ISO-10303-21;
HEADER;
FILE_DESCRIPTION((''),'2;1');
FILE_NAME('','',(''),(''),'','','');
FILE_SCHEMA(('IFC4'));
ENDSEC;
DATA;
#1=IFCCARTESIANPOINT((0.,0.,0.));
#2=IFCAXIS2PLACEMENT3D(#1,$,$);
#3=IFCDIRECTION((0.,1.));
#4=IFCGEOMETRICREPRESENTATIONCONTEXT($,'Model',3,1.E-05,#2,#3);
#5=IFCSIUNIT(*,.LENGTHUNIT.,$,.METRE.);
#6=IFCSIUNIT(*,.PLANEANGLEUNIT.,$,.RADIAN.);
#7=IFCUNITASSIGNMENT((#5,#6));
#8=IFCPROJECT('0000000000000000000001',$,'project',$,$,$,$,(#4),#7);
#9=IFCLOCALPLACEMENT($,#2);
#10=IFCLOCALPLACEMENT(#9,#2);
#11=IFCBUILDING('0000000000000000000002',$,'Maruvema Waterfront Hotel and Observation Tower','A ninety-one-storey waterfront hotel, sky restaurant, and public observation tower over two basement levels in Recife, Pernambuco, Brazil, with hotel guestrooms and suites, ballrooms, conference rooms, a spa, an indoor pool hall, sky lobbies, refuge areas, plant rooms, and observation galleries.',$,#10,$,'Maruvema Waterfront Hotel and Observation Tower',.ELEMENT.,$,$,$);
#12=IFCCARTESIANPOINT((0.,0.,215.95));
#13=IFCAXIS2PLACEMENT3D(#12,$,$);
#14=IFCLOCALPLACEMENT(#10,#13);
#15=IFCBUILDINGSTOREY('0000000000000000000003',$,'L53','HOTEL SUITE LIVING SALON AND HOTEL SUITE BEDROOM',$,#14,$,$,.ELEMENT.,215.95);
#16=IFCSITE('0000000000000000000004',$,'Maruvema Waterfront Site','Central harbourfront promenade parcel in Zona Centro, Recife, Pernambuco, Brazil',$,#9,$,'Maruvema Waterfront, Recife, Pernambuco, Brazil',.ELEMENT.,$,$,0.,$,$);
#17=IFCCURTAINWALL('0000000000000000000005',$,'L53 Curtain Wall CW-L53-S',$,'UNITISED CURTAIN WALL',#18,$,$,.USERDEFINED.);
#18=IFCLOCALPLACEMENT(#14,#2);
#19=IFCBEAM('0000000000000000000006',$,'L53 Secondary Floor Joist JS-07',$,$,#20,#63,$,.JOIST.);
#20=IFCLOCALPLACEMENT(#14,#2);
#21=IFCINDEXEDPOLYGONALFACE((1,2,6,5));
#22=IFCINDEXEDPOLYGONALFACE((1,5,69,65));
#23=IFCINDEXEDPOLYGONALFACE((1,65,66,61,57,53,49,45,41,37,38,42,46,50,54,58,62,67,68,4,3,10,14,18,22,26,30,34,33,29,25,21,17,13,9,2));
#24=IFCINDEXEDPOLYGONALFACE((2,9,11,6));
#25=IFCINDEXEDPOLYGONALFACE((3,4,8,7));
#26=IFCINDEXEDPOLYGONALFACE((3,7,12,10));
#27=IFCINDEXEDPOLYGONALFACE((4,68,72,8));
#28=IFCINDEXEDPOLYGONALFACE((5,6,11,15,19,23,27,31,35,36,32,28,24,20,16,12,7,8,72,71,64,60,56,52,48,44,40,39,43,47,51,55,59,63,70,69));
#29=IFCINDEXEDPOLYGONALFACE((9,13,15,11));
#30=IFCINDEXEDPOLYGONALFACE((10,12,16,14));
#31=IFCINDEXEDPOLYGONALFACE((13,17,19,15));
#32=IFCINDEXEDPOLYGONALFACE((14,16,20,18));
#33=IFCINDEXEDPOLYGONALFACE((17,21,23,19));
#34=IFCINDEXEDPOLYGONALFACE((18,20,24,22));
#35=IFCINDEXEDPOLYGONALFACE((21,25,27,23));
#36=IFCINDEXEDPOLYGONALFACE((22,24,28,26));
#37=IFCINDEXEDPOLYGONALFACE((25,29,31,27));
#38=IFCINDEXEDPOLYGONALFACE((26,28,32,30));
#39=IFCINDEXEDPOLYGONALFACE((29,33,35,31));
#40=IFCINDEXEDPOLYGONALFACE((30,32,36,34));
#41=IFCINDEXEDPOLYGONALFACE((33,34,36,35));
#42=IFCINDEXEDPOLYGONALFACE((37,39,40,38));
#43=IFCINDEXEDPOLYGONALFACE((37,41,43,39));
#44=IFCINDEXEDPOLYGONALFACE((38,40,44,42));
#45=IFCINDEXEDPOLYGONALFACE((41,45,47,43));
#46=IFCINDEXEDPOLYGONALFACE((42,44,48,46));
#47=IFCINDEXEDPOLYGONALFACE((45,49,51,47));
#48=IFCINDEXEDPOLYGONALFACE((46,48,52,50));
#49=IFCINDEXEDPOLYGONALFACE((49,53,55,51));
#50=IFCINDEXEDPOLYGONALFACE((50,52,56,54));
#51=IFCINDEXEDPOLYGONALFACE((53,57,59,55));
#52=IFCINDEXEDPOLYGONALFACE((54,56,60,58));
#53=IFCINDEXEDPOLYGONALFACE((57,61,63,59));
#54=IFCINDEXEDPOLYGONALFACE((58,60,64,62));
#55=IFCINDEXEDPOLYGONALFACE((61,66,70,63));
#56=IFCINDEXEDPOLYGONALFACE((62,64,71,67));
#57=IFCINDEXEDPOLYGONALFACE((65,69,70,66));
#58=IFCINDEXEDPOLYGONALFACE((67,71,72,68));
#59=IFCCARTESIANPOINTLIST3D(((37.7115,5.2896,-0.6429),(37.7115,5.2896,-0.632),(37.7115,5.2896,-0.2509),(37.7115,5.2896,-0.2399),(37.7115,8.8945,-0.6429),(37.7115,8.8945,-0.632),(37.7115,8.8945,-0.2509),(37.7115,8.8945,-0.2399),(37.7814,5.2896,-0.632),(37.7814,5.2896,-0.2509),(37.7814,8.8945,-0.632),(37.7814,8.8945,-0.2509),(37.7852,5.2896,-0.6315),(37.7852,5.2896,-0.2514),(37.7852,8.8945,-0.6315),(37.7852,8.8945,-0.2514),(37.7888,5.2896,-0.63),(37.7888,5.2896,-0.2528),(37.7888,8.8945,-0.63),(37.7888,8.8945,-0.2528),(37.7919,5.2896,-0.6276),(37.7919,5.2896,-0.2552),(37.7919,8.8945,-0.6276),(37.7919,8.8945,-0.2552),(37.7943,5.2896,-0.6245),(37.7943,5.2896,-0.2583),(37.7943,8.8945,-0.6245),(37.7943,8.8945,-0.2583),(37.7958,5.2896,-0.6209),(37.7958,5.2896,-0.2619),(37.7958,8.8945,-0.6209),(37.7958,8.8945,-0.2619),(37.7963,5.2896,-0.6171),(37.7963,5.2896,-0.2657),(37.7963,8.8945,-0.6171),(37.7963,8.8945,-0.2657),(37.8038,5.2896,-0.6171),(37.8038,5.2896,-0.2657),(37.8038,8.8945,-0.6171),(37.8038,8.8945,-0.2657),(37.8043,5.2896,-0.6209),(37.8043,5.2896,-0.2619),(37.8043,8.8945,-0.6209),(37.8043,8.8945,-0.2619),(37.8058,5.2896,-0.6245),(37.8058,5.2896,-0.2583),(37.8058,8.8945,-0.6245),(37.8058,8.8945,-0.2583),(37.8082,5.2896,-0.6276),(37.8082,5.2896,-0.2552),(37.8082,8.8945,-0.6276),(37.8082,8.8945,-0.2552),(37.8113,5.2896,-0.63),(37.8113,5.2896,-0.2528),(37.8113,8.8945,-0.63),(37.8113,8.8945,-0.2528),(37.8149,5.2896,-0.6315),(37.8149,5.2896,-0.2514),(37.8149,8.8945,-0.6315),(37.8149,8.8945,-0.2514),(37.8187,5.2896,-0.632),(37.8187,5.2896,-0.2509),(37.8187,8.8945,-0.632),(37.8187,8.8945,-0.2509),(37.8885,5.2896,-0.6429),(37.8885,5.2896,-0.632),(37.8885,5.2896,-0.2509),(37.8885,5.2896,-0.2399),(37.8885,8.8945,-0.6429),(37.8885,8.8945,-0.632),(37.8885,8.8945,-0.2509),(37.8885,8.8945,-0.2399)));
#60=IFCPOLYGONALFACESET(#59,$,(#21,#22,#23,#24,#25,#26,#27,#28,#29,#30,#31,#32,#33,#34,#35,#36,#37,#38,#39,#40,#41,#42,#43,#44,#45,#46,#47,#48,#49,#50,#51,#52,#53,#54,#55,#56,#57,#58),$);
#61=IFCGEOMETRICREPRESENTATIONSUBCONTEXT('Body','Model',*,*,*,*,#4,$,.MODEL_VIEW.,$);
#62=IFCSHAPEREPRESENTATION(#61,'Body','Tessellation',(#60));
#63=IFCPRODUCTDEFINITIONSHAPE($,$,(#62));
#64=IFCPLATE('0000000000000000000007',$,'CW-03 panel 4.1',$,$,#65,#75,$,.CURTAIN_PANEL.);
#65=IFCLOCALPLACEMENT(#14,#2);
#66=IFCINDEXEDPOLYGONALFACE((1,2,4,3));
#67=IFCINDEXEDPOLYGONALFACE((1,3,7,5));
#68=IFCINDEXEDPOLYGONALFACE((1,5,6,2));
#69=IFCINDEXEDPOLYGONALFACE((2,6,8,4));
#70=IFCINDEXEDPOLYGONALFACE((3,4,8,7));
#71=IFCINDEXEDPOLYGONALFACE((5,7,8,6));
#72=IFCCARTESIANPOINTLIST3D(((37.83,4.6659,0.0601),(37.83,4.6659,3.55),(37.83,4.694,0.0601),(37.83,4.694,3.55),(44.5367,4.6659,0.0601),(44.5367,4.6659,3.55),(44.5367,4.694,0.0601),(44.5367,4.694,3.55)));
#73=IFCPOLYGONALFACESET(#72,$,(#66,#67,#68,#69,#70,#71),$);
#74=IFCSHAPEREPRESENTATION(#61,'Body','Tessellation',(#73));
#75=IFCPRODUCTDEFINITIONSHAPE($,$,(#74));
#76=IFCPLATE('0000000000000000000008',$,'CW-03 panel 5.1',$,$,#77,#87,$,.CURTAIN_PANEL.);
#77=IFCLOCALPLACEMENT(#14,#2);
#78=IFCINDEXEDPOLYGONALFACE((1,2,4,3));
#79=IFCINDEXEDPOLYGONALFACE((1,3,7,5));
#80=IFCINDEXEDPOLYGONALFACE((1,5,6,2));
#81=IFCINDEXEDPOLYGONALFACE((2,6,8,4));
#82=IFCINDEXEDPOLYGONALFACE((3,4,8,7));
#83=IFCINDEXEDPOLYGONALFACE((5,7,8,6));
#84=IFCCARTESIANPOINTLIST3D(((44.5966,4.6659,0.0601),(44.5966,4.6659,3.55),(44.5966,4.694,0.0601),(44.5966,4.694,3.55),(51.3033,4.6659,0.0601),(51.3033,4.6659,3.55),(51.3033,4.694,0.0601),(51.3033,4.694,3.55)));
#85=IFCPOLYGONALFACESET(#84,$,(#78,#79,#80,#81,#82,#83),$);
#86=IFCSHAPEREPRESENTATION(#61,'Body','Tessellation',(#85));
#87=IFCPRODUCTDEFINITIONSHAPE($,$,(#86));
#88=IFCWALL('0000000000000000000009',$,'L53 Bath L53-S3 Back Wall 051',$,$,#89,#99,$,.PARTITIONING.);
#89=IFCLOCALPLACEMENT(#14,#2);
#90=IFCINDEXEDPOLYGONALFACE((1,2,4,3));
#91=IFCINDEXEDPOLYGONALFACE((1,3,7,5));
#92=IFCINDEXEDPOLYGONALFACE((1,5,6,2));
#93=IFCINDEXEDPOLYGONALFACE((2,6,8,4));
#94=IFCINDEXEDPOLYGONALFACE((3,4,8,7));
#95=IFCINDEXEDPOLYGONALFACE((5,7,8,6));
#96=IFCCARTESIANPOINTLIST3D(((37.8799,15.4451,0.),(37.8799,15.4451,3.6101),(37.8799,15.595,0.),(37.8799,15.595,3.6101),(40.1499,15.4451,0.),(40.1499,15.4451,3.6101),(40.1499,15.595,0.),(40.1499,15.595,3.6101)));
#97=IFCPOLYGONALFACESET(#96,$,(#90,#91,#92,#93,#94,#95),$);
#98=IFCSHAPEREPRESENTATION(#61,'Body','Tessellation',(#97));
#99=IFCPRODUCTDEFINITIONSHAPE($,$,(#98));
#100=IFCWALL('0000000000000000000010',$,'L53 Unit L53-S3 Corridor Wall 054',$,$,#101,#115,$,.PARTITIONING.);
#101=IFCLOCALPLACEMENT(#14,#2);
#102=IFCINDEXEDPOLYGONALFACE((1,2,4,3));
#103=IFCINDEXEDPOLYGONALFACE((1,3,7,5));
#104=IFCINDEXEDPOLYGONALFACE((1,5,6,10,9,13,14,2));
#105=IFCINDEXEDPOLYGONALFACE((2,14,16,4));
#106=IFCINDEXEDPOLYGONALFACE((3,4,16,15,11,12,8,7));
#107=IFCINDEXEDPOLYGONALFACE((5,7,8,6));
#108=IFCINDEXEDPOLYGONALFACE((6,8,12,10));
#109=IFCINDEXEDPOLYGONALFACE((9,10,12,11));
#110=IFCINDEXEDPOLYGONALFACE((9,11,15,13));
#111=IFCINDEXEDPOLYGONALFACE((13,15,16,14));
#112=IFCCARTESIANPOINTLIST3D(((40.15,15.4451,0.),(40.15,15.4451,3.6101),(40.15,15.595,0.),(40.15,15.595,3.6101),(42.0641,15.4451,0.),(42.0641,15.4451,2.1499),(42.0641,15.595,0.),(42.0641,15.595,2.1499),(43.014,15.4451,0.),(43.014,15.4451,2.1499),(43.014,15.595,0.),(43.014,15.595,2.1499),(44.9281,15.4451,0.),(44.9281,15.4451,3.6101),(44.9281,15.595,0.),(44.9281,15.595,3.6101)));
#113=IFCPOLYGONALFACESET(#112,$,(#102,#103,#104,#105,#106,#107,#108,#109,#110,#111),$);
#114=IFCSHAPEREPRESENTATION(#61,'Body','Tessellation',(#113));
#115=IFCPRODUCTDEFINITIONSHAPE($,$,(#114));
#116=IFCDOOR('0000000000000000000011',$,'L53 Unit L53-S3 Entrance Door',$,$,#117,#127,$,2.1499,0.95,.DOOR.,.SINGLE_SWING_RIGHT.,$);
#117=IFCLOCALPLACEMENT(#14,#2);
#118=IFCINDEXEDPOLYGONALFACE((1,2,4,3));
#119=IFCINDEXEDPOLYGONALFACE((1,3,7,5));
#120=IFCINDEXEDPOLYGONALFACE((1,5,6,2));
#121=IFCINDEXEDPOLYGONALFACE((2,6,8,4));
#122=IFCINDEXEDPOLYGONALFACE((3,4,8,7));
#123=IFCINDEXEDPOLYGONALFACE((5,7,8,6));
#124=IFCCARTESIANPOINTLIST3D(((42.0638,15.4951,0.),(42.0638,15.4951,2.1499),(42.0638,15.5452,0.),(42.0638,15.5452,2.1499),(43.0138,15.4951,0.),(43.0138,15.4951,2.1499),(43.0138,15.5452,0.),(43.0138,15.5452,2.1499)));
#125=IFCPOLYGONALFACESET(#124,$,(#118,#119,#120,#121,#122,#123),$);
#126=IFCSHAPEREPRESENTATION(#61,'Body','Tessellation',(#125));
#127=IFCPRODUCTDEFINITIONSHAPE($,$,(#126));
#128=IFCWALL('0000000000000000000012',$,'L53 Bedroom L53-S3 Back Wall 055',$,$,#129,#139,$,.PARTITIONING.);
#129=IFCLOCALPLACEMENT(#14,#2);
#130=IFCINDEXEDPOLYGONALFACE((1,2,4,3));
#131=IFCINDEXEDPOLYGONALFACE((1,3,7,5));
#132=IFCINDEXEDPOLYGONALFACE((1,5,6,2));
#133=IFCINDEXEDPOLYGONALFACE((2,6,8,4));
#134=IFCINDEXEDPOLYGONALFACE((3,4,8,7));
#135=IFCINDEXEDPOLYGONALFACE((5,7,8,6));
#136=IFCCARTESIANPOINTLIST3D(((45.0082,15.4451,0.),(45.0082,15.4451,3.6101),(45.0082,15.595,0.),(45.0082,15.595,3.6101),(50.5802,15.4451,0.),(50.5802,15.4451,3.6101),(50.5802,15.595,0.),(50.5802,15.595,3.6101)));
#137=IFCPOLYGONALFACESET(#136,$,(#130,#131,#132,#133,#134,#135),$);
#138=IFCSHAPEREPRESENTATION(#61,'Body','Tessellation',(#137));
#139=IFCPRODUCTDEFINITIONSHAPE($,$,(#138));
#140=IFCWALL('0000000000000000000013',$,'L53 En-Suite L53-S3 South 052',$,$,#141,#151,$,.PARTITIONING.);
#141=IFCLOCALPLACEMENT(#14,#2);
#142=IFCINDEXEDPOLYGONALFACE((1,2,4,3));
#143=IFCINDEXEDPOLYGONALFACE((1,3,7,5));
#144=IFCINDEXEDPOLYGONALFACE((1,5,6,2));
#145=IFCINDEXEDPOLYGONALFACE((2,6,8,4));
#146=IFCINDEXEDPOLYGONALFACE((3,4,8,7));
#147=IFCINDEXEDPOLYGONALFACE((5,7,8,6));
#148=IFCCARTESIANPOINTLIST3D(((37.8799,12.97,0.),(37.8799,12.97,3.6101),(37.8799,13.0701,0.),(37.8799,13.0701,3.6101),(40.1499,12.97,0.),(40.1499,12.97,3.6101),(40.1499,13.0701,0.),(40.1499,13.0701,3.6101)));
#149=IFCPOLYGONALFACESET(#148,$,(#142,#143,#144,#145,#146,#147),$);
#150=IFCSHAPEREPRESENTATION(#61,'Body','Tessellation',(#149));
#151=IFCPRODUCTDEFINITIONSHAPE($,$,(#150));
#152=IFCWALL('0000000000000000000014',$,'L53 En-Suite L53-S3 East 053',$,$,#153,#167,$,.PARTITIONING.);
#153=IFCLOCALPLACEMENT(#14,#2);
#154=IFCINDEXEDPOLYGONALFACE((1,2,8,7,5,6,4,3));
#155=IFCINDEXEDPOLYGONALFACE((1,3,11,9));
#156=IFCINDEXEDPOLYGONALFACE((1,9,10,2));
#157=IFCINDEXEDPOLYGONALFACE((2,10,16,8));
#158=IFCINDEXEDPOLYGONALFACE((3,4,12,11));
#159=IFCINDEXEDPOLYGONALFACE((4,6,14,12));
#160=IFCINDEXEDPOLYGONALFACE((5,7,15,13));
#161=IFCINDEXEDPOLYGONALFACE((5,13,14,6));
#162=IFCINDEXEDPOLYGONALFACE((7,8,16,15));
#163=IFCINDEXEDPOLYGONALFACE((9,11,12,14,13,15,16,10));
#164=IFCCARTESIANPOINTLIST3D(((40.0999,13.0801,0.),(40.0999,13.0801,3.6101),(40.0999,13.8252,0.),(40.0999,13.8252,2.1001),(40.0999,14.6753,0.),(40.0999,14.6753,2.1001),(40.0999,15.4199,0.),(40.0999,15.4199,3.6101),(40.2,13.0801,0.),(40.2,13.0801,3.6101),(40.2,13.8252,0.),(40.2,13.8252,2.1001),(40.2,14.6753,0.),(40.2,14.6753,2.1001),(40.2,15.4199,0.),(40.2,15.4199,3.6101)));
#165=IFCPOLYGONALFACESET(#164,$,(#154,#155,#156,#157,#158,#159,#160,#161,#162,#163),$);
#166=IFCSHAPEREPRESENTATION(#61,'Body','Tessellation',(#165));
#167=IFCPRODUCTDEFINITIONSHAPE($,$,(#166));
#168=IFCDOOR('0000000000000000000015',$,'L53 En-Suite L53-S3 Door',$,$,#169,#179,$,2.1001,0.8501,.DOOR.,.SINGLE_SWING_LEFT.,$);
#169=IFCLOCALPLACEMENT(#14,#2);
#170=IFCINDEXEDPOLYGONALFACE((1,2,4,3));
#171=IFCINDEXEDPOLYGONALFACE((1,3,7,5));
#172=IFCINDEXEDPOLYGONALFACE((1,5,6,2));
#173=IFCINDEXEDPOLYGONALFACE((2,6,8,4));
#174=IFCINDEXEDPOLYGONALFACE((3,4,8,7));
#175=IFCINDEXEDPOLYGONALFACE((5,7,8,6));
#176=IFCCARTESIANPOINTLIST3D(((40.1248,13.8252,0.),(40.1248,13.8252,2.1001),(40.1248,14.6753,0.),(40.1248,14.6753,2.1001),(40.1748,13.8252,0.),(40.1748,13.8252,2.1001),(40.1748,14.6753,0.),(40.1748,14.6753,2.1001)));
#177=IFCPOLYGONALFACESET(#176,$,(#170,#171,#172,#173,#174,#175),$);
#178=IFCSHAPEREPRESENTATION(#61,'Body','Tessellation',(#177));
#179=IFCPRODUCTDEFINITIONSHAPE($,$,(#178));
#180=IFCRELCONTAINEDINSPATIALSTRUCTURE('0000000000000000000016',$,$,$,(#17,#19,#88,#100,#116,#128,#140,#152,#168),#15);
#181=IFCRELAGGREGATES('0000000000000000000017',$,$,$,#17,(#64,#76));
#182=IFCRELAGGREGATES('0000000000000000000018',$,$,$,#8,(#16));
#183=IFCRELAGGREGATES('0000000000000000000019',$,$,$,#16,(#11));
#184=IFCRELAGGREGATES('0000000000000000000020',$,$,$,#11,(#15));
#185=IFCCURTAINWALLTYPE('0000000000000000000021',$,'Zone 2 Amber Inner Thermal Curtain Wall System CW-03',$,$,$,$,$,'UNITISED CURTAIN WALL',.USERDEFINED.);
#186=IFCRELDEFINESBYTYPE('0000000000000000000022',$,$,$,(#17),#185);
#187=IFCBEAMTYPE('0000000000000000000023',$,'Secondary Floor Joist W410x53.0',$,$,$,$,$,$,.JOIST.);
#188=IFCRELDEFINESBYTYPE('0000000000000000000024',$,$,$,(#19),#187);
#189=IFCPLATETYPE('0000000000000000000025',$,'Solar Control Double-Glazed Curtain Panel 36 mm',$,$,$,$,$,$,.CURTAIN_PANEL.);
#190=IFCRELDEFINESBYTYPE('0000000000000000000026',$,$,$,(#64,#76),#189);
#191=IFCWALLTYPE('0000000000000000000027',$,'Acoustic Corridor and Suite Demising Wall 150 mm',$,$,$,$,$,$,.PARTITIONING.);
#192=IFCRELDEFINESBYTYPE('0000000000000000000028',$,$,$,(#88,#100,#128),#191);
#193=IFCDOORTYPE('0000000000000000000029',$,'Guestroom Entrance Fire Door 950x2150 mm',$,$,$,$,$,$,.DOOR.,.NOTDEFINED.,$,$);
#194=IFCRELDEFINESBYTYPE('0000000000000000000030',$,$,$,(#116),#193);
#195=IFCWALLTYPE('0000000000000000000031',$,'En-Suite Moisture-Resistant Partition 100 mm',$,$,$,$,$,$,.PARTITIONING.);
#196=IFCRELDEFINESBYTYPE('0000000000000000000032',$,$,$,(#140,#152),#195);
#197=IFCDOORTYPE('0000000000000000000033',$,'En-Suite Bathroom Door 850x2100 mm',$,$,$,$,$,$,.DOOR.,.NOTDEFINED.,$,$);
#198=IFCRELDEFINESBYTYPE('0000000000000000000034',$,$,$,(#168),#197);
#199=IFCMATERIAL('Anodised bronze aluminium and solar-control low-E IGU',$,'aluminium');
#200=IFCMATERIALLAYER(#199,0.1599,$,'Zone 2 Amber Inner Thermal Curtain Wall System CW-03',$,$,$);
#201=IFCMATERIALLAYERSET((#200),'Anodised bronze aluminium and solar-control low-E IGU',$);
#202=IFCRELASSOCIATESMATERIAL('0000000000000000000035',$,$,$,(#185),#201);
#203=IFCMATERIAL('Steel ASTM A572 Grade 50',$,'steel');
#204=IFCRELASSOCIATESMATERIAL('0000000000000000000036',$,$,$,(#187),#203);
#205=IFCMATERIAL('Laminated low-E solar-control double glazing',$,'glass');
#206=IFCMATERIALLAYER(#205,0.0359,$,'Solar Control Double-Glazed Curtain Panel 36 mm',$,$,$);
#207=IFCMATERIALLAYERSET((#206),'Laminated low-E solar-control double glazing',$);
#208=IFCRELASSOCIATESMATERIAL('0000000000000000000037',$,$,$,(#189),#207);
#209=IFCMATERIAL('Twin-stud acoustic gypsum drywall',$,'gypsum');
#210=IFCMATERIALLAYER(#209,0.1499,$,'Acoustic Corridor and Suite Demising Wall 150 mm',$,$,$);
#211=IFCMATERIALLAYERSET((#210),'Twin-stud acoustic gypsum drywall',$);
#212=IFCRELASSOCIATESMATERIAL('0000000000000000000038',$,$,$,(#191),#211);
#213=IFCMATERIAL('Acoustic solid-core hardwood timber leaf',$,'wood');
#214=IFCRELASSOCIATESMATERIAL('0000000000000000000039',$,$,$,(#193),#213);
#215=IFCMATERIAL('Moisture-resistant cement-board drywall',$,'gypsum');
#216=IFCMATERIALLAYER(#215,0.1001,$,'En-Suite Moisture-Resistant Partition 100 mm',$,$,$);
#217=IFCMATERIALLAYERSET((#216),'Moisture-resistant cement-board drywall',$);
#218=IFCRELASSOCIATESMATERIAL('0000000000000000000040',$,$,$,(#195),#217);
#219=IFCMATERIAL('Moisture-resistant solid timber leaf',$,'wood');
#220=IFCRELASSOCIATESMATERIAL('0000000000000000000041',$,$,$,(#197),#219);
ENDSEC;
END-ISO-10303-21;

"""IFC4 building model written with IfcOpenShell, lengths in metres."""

from ifc_helpers import new_model, si_unit, direction, frame, frame_2d, origin, origin_2d, place, context, subcontext, project, spatial, rectangle, i_section, extrude, material, layer, layer_set, material_profile, profile_set, type_object, element, fill, aggregate, save


model = new_model("IFC4")

# Units and contexts
model_context = context("Model", 3, precision=1e-05, world=origin(), true_north=direction((0.0, 1.0)))
body_context = subcontext(model_context, "Body", "Model", "MODEL_VIEW")
ifc_project = project(units=[si_unit("LENGTHUNIT", "METRE"), si_unit("PLANEANGLEUNIT", "RADIAN")], contexts=[model_context])

# Site, building, storey
site_placement = place(None, origin())
site = spatial("IfcSite", under=ifc_project, at=site_placement, Name="Maruvema Waterfront Site", Description="Central harbourfront promenade parcel in Zona Centro, Recife, Pernambuco, Brazil", LongName="Maruvema Waterfront, Recife, Pernambuco, Brazil", CompositionType="ELEMENT", RefElevation=0.0)
building_placement = place(site_placement, origin())
building = spatial("IfcBuilding", under=site, at=building_placement, Name="Maruvema Waterfront Hotel and Observation Tower", Description="A ninety-one-storey waterfront hotel, sky restaurant, and public observation tower over two basement levels in Recife, Pernambuco, Brazil, with hotel guestrooms and suites, ballrooms, conference rooms, a spa, an indoor pool hall, sky lobbies, refuge areas, plant rooms, and observation galleries.", LongName="Maruvema Waterfront Hotel and Observation Tower", CompositionType="ELEMENT")
storey_placement = place(building_placement, frame((0.0, 0.0, 215.95)))
storey = spatial("IfcBuildingStorey", under=building, at=storey_placement, Name="L53", Description="HOTEL SUITE LIVING SALON AND HOTEL SUITE BEDROOM", CompositionType="ELEMENT", Elevation=215.95)

# Curtain wall
ifc_material_1 = material(Name="Anodised bronze aluminium and solar-control low-E IGU", Category="aluminium")
ifc_layer_1 = layer(ifc_material_1, 0.1599, Name="Zone 2 Amber Inner Thermal Curtain Wall System CW-03")
ifc_layer_set_1 = layer_set([ifc_layer_1], Name="Anodised bronze aluminium and solar-control low-E IGU")
curtain_wall_type = type_object("IfcCurtainWallType", Name="Zone 2 Amber Inner Thermal Curtain Wall System CW-03", ElementType="UNITISED CURTAIN WALL", PredefinedType="USERDEFINED", material=ifc_layer_set_1)
curtain_wall_placement = place(storey_placement, origin())
curtain_wall = element("IfcCurtainWall", 1, at=curtain_wall_placement, inside=storey, type_object=curtain_wall_type, Name="L53 Curtain Wall CW-L53-S", ObjectType="UNITISED CURTAIN WALL", PredefinedType="USERDEFINED")

# Beam
ifc_material_2 = material(Name="Steel ASTM A572 Grade 50", Category="steel")
ifc_material_profile_1 = material_profile(ifc_material_2, i_section(OverallWidth=0.177, OverallDepth=0.4031, WebThickness=0.0076, FlangeThickness=0.011, FilletRadius=0.0149, at=origin_2d()), Name="W410x53.0")
ifc_profile_set_1 = profile_set([ifc_material_profile_1], Name="Steel ASTM A572 Grade 50")
beam_type_1 = type_object("IfcBeamType", Name="Secondary Floor Joist W410x53.0", PredefinedType="JOIST", material=ifc_profile_set_1)
beam_1_placement = place(storey_placement, frame((37.8, 5.2896, -0.4414), z_axis=(0.0, 1.0, 0.0), x_axis=(-1.0, 0.0, 0.0)))
element("IfcBeam", 2, at=beam_1_placement, inside=storey, type_object=beam_type_1, Name="L53 Secondary Floor Joist JS-07", PredefinedType="JOIST", context=body_context, shape_type="SweptSolid", body=[
    extrude(i_section(OverallWidth=0.177, OverallDepth=0.4031, WebThickness=0.0076, FlangeThickness=0.011, FilletRadius=0.0149, at=origin_2d()), origin(), (0.0, 0.0, 1.0), 3.605),
])

# Plates
ifc_material_3 = material(Name="Laminated low-E solar-control double glazing", Category="glass")
ifc_layer_2 = layer(ifc_material_3, 0.0359, Name="Solar Control Double-Glazed Curtain Panel 36 mm")
ifc_layer_set_2 = layer_set([ifc_layer_2], Name="Laminated low-E solar-control double glazing")
plate_type = type_object("IfcPlateType", Name="Solar Control Double-Glazed Curtain Panel 36 mm", PredefinedType="CURTAIN_PANEL", material=ifc_layer_set_2)
plate_1_placement = place(storey_placement, frame((41.1833, 4.6799, 0.0601), z_axis=(0.0, 0.0, 1.0), x_axis=(1.0, 0.0, 0.0)))
plate_1 = element("IfcPlate", 3, at=plate_1_placement, type_object=plate_type, Name="CW-03 panel 4.1", PredefinedType="CURTAIN_PANEL", context=body_context, shape_type="SweptSolid", body=[
    extrude(rectangle(XDim=6.7068, YDim=0.0281, at=origin_2d()), origin(), (0.0, 0.0, 1.0), 3.49),
])
plate_2_placement = place(storey_placement, frame((47.95, 4.6799, 0.0601), z_axis=(0.0, 0.0, 1.0), x_axis=(1.0, 0.0, 0.0)))
plate_2 = element("IfcPlate", 4, at=plate_2_placement, type_object=plate_type, Name="CW-03 panel 5.1", PredefinedType="CURTAIN_PANEL", context=body_context, shape_type="SweptSolid", body=[
    extrude(rectangle(XDim=6.7068, YDim=0.0281, at=origin_2d()), origin(), (0.0, 0.0, 1.0), 3.49),
])
aggregate(curtain_wall, [plate_1, plate_2])

# Wall
ifc_material_4 = material(Name="Twin-stud acoustic gypsum drywall", Category="gypsum")
ifc_layer_3 = layer(ifc_material_4, 0.1499, Name="Acoustic Corridor and Suite Demising Wall 150 mm")
ifc_layer_set_3 = layer_set([ifc_layer_3], Name="Twin-stud acoustic gypsum drywall")
wall_type_1 = type_object("IfcWallType", Name="Acoustic Corridor and Suite Demising Wall 150 mm", PredefinedType="PARTITIONING", material=ifc_layer_set_3)
wall_1_placement = place(storey_placement, frame((37.8799, 15.52, 0.0), z_axis=(0.0, 0.0, 1.0), x_axis=(1.0, 0.0, 0.0)))
element("IfcWall", 5, at=wall_1_placement, inside=storey, type_object=wall_type_1, Name="L53 Bath L53-S3 Back Wall 051", PredefinedType="PARTITIONING", context=body_context, shape_type="SweptSolid", body=[
    extrude(rectangle(XDim=2.27, YDim=0.1499, at=frame_2d((1.135, 0.0))), origin(), (0.0, 0.0, 1.0), 3.6101),
])

# Wall, opening, door
wall_2_placement = place(storey_placement, frame((40.1499, 15.52, 0.0), z_axis=(0.0, 0.0, 1.0), x_axis=(1.0, 0.0, 0.0)))
wall_2 = element("IfcWall", 6, at=wall_2_placement, inside=storey, type_object=wall_type_1, Name="L53 Unit L53-S3 Corridor Wall 054", PredefinedType="PARTITIONING", context=body_context, shape_type="SweptSolid", body=[
    extrude(rectangle(XDim=4.7781, YDim=0.1499, at=frame_2d((2.3892, 0.0))), origin(), (0.0, 0.0, 1.0), 3.6101),
])
opening_1_placement = place(wall_2_placement, frame((1.9141, 0.0, 0.0)))
opening_1 = element("IfcOpeningElement", 7, at=opening_1_placement, cuts=wall_2, PredefinedType="OPENING", context=body_context, shape_type="SweptSolid", body=[
    extrude(rectangle(XDim=0.95, YDim=2.1499, at=frame_2d((0.4751, 1.075))), frame((0.0, 0.085, 0.0), z_axis=(0.0, -1.0, 0.0), x_axis=(1.0, 0.0, 0.0)), (0.0, 0.0, 1.0), 0.1699),
])
ifc_material_5 = material(Name="Acoustic solid-core hardwood timber leaf", Category="wood")
door_type_1 = type_object("IfcDoorType", Name="Guestroom Entrance Fire Door 950x2150 mm", OperationType="NOTDEFINED", PredefinedType="DOOR", material=ifc_material_5)
door_1_placement = place(opening_1_placement, frame((0.95, 0.0, 0.0), z_axis=(0.0, 0.0, 1.0), x_axis=(-1.0, 0.0, 0.0)))
door_1 = element("IfcDoor", 8, at=door_1_placement, inside=storey, type_object=door_type_1, Name="L53 Unit L53-S3 Entrance Door", OperationType="SINGLE_SWING_RIGHT", OverallHeight=2.1499, OverallWidth=0.95, PredefinedType="DOOR", context=body_context, shape_type="SweptSolid", body=[
    extrude(rectangle(XDim=0.95, YDim=2.1499, at=frame_2d((0.4751, 1.075))), frame((0.0, 0.0249, 0.0), z_axis=(0.0, -1.0, 0.0), x_axis=(1.0, 0.0, 0.0)), (0.0, 0.0, 1.0), 0.05),
])
fill(opening_1, door_1)

# Walls
wall_3_placement = place(storey_placement, frame((45.0081, 15.52, 0.0), z_axis=(0.0, 0.0, 1.0), x_axis=(1.0, 0.0, 0.0)))
element("IfcWall", 9, at=wall_3_placement, inside=storey, type_object=wall_type_1, Name="L53 Bedroom L53-S3 Back Wall 055", PredefinedType="PARTITIONING", context=body_context, shape_type="SweptSolid", body=[
    extrude(rectangle(XDim=5.572, YDim=0.1499, at=frame_2d((2.7861, 0.0))), origin(), (0.0, 0.0, 1.0), 3.6101),
])
ifc_material_6 = material(Name="Moisture-resistant cement-board drywall", Category="gypsum")
ifc_layer_4 = layer(ifc_material_6, 0.1001, Name="En-Suite Moisture-Resistant Partition 100 mm")
ifc_layer_set_4 = layer_set([ifc_layer_4], Name="Moisture-resistant cement-board drywall")
wall_type_2 = type_object("IfcWallType", Name="En-Suite Moisture-Resistant Partition 100 mm", PredefinedType="PARTITIONING", material=ifc_layer_set_4)
wall_4_placement = place(storey_placement, frame((37.8799, 13.02, 0.0), z_axis=(0.0, 0.0, 1.0), x_axis=(1.0, 0.0, 0.0)))
element("IfcWall", 10, at=wall_4_placement, inside=storey, type_object=wall_type_2, Name="L53 En-Suite L53-S3 South 052", PredefinedType="PARTITIONING", context=body_context, shape_type="SweptSolid", body=[
    extrude(rectangle(XDim=2.27, YDim=0.1001, at=frame_2d((1.135, 0.0))), origin(), (0.0, 0.0, 1.0), 3.6101),
])

# Wall, opening, door
wall_5_placement = place(storey_placement, frame((40.1499, 13.0801, 0.0), z_axis=(0.0, 0.0, 1.0), x_axis=(0.0, 1.0, 0.0)))
wall_5 = element("IfcWall", 11, at=wall_5_placement, inside=storey, type_object=wall_type_2, Name="L53 En-Suite L53-S3 East 053", PredefinedType="PARTITIONING", context=body_context, shape_type="SweptSolid", body=[
    extrude(rectangle(XDim=2.3398, YDim=0.1001, at=frame_2d((1.1699, 0.0))), origin(), (0.0, 0.0, 1.0), 3.6101),
])
opening_2_placement = place(wall_5_placement, frame((0.7451, 0.0, 0.0)))
opening_2 = element("IfcOpeningElement", 12, at=opening_2_placement, cuts=wall_5, PredefinedType="OPENING", context=body_context, shape_type="SweptSolid", body=[
    extrude(rectangle(XDim=0.8501, YDim=2.1001, at=frame_2d((0.425, 1.05))), frame((0.0, 0.0601, 0.0), z_axis=(0.0, -1.0, 0.0), x_axis=(1.0, 0.0, 0.0)), (0.0, 0.0, 1.0), 0.1201),
])
ifc_material_7 = material(Name="Moisture-resistant solid timber leaf", Category="wood")
door_type_2 = type_object("IfcDoorType", Name="En-Suite Bathroom Door 850x2100 mm", OperationType="NOTDEFINED", PredefinedType="DOOR", material=ifc_material_7)
door_2_placement = place(opening_2_placement, frame((0.8501, 0.0, 0.0), z_axis=(0.0, 0.0, 1.0), x_axis=(-1.0, 0.0, 0.0)))
door_2 = element("IfcDoor", 13, at=door_2_placement, inside=storey, type_object=door_type_2, Name="L53 En-Suite L53-S3 Door", OperationType="SINGLE_SWING_LEFT", OverallHeight=2.1001, OverallWidth=0.8501, PredefinedType="DOOR", context=body_context, shape_type="SweptSolid", body=[
    extrude(rectangle(XDim=0.8501, YDim=2.1001, at=frame_2d((0.425, 1.05))), frame((0.0, 0.0249, 0.0), z_axis=(0.0, -1.0, 0.0), x_axis=(1.0, 0.0, 0.0)), (0.0, 0.0, 1.0), 0.05),
])
fill(opening_2, door_2)

save(model, "model.ifc")
